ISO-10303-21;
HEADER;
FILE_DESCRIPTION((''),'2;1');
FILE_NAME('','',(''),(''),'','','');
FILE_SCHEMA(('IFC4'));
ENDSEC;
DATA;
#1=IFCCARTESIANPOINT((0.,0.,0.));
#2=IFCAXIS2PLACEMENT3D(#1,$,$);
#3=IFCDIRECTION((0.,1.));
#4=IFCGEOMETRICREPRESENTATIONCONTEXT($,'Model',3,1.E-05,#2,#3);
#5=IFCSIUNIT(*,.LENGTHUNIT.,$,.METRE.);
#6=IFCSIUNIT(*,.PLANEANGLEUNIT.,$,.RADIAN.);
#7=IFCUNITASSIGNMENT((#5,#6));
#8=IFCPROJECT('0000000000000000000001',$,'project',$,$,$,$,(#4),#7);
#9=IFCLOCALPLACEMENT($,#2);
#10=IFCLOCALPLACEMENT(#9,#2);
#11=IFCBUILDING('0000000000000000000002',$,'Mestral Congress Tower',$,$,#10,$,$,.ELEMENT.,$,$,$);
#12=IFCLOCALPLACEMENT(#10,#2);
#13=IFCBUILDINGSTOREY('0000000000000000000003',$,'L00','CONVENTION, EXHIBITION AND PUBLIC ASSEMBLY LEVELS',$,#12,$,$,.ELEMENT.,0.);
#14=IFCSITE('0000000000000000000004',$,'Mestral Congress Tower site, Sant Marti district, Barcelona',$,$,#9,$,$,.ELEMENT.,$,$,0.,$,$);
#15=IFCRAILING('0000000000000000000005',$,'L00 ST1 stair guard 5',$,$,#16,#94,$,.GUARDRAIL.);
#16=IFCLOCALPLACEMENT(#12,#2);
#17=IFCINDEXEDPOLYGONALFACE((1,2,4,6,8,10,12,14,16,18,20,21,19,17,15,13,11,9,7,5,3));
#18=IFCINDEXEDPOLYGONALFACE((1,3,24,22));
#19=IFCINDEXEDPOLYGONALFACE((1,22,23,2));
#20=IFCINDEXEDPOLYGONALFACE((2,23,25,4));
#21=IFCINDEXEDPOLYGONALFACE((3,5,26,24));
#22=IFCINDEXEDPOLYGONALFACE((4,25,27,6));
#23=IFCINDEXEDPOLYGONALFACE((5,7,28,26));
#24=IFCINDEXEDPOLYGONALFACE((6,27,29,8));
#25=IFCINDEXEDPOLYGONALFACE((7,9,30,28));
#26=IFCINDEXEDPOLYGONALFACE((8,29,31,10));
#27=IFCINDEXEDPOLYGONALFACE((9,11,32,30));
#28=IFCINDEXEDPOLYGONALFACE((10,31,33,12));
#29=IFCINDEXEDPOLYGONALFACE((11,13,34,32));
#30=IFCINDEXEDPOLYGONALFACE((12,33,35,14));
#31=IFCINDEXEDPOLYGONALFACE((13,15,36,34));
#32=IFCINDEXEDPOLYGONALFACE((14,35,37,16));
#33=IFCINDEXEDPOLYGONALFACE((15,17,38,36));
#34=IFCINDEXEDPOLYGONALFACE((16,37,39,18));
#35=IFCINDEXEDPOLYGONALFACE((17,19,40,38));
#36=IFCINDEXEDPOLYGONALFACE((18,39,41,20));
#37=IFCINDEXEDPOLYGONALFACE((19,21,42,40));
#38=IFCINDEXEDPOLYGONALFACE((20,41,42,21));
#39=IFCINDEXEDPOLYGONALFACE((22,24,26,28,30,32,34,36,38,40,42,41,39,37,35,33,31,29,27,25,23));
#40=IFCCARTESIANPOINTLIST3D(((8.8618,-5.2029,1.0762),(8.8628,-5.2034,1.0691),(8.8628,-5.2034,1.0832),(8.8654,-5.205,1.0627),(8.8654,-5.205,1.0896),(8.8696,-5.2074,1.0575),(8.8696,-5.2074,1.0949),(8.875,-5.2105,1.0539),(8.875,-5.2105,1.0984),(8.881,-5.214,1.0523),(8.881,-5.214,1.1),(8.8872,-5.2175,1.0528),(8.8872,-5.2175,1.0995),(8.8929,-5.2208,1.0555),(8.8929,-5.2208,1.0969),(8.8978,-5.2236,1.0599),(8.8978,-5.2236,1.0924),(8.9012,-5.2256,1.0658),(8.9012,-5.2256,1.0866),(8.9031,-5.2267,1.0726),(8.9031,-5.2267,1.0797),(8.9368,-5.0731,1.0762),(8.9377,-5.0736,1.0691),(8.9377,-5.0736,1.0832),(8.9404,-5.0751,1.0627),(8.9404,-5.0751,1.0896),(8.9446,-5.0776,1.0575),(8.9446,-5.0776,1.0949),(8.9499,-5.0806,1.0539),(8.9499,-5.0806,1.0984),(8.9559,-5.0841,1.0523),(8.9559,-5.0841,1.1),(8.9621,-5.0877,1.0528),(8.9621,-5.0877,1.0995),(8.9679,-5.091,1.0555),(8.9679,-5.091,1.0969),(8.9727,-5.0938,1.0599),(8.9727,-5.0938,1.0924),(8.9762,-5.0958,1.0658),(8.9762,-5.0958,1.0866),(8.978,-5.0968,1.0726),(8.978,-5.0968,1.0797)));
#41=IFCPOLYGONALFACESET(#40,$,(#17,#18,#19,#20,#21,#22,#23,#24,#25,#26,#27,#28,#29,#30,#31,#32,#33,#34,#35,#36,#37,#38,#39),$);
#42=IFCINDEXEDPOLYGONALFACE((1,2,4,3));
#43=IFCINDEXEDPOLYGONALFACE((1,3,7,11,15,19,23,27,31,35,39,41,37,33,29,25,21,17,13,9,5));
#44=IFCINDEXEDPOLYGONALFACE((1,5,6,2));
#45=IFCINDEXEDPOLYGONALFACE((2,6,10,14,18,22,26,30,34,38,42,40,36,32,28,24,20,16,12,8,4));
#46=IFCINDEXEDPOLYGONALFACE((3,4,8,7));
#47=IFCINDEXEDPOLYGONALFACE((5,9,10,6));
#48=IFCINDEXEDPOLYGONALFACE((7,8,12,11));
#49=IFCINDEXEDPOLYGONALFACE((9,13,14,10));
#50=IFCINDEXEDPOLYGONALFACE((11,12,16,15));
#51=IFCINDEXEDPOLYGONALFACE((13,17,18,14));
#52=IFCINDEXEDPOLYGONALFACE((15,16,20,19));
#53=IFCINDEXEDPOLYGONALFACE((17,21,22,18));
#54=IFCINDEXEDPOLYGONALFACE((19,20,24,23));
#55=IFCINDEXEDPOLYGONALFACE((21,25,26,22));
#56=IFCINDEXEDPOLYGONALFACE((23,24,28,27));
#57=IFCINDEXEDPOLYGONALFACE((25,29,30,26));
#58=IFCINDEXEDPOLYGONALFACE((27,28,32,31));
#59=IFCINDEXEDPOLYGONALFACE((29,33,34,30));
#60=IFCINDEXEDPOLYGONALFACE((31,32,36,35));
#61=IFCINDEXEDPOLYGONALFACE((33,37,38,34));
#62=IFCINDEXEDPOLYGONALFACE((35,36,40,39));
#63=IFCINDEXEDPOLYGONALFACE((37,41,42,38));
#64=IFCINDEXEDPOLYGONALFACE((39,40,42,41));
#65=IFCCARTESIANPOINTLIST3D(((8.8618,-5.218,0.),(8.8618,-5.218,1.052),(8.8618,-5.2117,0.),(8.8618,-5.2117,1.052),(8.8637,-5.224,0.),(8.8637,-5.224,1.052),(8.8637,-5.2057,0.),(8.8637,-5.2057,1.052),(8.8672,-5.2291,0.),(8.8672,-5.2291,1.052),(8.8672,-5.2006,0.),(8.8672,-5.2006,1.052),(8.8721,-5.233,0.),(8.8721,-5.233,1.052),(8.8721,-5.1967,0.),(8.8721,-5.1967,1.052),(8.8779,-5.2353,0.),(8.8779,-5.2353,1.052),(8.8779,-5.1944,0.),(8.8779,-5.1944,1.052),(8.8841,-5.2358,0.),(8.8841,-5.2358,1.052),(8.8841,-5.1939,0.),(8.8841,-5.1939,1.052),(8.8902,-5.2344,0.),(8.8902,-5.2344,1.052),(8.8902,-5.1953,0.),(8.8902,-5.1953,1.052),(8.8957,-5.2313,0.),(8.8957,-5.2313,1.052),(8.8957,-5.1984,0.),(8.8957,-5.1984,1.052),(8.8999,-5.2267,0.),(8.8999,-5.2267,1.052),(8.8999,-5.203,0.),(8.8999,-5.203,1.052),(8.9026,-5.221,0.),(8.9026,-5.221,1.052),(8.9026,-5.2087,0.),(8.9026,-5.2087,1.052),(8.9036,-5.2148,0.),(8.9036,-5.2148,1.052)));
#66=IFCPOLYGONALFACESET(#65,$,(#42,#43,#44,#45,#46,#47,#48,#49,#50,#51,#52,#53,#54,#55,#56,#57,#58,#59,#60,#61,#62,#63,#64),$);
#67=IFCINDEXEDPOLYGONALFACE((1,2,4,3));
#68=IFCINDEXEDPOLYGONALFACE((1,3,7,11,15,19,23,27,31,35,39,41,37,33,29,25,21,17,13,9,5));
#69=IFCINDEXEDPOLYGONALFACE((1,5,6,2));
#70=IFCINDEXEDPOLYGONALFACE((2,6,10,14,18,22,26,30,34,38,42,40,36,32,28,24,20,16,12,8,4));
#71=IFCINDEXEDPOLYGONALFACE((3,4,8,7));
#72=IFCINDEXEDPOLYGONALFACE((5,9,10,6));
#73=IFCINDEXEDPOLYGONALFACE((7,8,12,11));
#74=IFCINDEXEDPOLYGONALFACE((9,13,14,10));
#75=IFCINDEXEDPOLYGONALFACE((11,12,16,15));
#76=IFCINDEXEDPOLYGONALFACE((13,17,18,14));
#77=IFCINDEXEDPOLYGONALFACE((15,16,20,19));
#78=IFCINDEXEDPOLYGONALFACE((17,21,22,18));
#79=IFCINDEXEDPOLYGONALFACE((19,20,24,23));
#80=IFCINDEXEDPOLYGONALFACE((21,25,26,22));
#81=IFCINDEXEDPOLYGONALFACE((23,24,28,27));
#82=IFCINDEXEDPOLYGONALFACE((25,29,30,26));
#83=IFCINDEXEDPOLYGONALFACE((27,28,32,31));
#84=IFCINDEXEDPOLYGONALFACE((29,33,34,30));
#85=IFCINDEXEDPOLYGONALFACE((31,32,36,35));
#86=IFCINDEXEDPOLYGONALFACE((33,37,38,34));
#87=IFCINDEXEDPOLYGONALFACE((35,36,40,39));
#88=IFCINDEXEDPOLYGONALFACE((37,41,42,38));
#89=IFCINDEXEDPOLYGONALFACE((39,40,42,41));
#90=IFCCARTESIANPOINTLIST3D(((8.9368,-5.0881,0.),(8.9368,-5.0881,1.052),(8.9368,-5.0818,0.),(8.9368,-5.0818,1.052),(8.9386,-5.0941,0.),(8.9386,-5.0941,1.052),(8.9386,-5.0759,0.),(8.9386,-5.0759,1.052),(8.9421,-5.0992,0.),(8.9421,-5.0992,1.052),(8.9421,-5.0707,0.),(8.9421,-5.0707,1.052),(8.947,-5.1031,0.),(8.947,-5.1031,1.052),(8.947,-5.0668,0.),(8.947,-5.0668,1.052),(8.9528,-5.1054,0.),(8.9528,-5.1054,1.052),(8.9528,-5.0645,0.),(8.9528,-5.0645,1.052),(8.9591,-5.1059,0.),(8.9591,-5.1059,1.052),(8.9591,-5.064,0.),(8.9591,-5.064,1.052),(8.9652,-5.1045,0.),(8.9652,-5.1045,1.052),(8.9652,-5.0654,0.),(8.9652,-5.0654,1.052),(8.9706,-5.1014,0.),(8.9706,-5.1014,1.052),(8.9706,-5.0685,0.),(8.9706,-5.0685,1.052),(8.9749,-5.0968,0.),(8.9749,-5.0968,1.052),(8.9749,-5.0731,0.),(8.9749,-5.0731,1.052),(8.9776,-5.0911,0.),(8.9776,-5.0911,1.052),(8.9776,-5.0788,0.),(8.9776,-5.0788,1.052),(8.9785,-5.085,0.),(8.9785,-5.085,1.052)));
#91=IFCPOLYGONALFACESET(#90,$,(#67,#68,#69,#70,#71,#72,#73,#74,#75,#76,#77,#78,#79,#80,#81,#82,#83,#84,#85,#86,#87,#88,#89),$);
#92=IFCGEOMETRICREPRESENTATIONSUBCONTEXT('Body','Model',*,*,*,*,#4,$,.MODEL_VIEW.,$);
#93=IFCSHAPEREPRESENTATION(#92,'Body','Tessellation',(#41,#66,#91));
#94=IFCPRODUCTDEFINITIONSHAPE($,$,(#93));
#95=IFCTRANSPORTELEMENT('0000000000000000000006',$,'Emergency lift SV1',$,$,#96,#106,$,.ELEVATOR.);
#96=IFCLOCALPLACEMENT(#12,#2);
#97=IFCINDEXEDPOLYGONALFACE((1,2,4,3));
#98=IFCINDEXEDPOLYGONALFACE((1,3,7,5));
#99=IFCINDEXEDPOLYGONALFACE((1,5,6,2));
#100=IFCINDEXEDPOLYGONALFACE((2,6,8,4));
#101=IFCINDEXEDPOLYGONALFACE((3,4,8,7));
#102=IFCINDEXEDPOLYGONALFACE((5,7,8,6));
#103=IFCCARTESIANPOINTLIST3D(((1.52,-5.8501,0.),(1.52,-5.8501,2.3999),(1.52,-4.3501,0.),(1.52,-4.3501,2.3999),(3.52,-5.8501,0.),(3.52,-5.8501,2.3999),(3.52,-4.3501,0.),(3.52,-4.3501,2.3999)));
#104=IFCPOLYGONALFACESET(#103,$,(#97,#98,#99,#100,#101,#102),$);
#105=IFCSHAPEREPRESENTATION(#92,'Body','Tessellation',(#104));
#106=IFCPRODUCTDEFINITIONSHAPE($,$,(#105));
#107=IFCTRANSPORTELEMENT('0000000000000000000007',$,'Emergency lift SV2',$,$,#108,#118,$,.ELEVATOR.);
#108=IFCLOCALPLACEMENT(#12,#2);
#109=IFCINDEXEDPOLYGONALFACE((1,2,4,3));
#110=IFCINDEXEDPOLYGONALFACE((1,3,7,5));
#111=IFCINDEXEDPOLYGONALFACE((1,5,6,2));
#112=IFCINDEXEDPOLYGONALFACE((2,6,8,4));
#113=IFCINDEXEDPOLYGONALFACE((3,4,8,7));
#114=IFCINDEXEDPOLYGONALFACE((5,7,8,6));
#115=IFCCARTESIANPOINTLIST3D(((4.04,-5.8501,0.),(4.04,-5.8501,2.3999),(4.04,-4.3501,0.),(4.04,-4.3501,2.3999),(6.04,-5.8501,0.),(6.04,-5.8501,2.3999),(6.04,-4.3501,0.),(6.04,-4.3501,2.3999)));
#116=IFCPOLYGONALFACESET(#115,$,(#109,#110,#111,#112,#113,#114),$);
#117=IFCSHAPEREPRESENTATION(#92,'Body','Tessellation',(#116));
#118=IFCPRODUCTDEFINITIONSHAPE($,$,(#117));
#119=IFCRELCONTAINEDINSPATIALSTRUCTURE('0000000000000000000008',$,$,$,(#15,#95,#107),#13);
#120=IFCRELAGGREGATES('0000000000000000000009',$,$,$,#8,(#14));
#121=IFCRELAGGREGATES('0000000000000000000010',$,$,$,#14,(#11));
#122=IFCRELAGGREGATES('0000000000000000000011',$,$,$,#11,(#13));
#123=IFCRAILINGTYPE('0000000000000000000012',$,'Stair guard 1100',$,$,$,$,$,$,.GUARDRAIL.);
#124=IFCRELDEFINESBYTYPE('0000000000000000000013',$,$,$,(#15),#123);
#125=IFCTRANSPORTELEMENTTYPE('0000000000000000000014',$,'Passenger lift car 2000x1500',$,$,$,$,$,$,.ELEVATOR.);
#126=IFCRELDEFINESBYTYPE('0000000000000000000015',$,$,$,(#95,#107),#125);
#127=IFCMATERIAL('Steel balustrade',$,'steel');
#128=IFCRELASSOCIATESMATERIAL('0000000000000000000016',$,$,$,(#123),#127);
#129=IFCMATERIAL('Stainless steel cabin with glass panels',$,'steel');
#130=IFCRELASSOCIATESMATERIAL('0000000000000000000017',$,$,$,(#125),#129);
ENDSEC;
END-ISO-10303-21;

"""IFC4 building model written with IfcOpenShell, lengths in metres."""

from ifc_helpers import new_model, si_unit, direction, frame, origin, origin_2d, place, context, subcontext, project, spatial, rectangle, circle, extrude, material, type_object, element, save


model = new_model("IFC4")

# Units and contexts
model_context = context("Model", 3, precision=1e-05, world=origin(), true_north=direction((0.0, 1.0)))
body_context = subcontext(model_context, "Body", "Model", "MODEL_VIEW")
ifc_project = project(units=[si_unit("LENGTHUNIT", "METRE"), si_unit("PLANEANGLEUNIT", "RADIAN")], contexts=[model_context])

# Site, building, storey
site_placement = place(None, origin())
site = spatial("IfcSite", under=ifc_project, at=site_placement, Name="Mestral Congress Tower site, Sant Marti district, Barcelona", CompositionType="ELEMENT", RefElevation=0.0)
building_placement = place(site_placement, origin())
building = spatial("IfcBuilding", under=site, at=building_placement, Name="Mestral Congress Tower", CompositionType="ELEMENT")
storey_placement = place(building_placement, origin())
storey = spatial("IfcBuildingStorey", under=building, at=storey_placement, Name="L00", Description="CONVENTION, EXHIBITION AND PUBLIC ASSEMBLY LEVELS", CompositionType="ELEMENT", Elevation=0.0)

# Railing
ifc_material_1 = material(Name="Steel balustrade", Category="steel")
railing_type_1 = type_object("IfcRailingType", Name="Stair guard 1100", PredefinedType="GUARDRAIL", material=ifc_material_1)
railing_1_placement = place(storey_placement, frame((8.8826, -5.2148, 0.0)))
element("IfcRailing", 1, at=railing_1_placement, inside=storey, type_object=railing_type_1, Name="L00 ST1 stair guard 5", PredefinedType="GUARDRAIL", context=body_context, shape_type="SweptSolid", body=[
    extrude(circle(Radius=0.0239, at=origin_2d()), frame((0.0, 0.0, 1.0762), z_axis=(0.499816, 0.866131, 0.0), x_axis=(-0.866131, 0.499816, 0.0)), (0.0, 0.0, 1.0), 0.1499),
    extrude(circle(Radius=0.021, at=origin_2d()), origin(), (0.0, 0.0, 1.0), 1.052),
    extrude(circle(Radius=0.021, at=origin_2d()), frame((0.075, 0.1299, 0.0)), (0.0, 0.0, 1.0), 1.052),
])

# Transport elements
ifc_material_2 = material(Name="Stainless steel cabin with glass panels", Category="steel")
transport_element_type = type_object("IfcTransportElementType", Name="Passenger lift car 2000x1500", PredefinedType="ELEVATOR", material=ifc_material_2)
for number, where, z_axis, x_axis, name in (
    (2, (2.52, -5.1001, 0.0), (0.0, 0.0, 1.0), (0.0, -1.0, 0.0), "Emergency lift SV1"),
    (3, (5.04, -5.1001, 0.0), (0.0, 0.0, 1.0), (0.0, -1.0, 0.0), "Emergency lift SV2"),
):
    element("IfcTransportElement", number, at=place(storey_placement, frame(where, z_axis=z_axis, x_axis=x_axis)), inside=storey, type_object=transport_element_type, Name=name, PredefinedType="ELEVATOR", context=body_context, shape_type="SweptSolid", body=[
        extrude(rectangle(XDim=1.5, YDim=2.0, at=origin_2d()), origin(), (0.0, 0.0, 1.0), 2.3999),
    ])

save(model, "model.ifc")
